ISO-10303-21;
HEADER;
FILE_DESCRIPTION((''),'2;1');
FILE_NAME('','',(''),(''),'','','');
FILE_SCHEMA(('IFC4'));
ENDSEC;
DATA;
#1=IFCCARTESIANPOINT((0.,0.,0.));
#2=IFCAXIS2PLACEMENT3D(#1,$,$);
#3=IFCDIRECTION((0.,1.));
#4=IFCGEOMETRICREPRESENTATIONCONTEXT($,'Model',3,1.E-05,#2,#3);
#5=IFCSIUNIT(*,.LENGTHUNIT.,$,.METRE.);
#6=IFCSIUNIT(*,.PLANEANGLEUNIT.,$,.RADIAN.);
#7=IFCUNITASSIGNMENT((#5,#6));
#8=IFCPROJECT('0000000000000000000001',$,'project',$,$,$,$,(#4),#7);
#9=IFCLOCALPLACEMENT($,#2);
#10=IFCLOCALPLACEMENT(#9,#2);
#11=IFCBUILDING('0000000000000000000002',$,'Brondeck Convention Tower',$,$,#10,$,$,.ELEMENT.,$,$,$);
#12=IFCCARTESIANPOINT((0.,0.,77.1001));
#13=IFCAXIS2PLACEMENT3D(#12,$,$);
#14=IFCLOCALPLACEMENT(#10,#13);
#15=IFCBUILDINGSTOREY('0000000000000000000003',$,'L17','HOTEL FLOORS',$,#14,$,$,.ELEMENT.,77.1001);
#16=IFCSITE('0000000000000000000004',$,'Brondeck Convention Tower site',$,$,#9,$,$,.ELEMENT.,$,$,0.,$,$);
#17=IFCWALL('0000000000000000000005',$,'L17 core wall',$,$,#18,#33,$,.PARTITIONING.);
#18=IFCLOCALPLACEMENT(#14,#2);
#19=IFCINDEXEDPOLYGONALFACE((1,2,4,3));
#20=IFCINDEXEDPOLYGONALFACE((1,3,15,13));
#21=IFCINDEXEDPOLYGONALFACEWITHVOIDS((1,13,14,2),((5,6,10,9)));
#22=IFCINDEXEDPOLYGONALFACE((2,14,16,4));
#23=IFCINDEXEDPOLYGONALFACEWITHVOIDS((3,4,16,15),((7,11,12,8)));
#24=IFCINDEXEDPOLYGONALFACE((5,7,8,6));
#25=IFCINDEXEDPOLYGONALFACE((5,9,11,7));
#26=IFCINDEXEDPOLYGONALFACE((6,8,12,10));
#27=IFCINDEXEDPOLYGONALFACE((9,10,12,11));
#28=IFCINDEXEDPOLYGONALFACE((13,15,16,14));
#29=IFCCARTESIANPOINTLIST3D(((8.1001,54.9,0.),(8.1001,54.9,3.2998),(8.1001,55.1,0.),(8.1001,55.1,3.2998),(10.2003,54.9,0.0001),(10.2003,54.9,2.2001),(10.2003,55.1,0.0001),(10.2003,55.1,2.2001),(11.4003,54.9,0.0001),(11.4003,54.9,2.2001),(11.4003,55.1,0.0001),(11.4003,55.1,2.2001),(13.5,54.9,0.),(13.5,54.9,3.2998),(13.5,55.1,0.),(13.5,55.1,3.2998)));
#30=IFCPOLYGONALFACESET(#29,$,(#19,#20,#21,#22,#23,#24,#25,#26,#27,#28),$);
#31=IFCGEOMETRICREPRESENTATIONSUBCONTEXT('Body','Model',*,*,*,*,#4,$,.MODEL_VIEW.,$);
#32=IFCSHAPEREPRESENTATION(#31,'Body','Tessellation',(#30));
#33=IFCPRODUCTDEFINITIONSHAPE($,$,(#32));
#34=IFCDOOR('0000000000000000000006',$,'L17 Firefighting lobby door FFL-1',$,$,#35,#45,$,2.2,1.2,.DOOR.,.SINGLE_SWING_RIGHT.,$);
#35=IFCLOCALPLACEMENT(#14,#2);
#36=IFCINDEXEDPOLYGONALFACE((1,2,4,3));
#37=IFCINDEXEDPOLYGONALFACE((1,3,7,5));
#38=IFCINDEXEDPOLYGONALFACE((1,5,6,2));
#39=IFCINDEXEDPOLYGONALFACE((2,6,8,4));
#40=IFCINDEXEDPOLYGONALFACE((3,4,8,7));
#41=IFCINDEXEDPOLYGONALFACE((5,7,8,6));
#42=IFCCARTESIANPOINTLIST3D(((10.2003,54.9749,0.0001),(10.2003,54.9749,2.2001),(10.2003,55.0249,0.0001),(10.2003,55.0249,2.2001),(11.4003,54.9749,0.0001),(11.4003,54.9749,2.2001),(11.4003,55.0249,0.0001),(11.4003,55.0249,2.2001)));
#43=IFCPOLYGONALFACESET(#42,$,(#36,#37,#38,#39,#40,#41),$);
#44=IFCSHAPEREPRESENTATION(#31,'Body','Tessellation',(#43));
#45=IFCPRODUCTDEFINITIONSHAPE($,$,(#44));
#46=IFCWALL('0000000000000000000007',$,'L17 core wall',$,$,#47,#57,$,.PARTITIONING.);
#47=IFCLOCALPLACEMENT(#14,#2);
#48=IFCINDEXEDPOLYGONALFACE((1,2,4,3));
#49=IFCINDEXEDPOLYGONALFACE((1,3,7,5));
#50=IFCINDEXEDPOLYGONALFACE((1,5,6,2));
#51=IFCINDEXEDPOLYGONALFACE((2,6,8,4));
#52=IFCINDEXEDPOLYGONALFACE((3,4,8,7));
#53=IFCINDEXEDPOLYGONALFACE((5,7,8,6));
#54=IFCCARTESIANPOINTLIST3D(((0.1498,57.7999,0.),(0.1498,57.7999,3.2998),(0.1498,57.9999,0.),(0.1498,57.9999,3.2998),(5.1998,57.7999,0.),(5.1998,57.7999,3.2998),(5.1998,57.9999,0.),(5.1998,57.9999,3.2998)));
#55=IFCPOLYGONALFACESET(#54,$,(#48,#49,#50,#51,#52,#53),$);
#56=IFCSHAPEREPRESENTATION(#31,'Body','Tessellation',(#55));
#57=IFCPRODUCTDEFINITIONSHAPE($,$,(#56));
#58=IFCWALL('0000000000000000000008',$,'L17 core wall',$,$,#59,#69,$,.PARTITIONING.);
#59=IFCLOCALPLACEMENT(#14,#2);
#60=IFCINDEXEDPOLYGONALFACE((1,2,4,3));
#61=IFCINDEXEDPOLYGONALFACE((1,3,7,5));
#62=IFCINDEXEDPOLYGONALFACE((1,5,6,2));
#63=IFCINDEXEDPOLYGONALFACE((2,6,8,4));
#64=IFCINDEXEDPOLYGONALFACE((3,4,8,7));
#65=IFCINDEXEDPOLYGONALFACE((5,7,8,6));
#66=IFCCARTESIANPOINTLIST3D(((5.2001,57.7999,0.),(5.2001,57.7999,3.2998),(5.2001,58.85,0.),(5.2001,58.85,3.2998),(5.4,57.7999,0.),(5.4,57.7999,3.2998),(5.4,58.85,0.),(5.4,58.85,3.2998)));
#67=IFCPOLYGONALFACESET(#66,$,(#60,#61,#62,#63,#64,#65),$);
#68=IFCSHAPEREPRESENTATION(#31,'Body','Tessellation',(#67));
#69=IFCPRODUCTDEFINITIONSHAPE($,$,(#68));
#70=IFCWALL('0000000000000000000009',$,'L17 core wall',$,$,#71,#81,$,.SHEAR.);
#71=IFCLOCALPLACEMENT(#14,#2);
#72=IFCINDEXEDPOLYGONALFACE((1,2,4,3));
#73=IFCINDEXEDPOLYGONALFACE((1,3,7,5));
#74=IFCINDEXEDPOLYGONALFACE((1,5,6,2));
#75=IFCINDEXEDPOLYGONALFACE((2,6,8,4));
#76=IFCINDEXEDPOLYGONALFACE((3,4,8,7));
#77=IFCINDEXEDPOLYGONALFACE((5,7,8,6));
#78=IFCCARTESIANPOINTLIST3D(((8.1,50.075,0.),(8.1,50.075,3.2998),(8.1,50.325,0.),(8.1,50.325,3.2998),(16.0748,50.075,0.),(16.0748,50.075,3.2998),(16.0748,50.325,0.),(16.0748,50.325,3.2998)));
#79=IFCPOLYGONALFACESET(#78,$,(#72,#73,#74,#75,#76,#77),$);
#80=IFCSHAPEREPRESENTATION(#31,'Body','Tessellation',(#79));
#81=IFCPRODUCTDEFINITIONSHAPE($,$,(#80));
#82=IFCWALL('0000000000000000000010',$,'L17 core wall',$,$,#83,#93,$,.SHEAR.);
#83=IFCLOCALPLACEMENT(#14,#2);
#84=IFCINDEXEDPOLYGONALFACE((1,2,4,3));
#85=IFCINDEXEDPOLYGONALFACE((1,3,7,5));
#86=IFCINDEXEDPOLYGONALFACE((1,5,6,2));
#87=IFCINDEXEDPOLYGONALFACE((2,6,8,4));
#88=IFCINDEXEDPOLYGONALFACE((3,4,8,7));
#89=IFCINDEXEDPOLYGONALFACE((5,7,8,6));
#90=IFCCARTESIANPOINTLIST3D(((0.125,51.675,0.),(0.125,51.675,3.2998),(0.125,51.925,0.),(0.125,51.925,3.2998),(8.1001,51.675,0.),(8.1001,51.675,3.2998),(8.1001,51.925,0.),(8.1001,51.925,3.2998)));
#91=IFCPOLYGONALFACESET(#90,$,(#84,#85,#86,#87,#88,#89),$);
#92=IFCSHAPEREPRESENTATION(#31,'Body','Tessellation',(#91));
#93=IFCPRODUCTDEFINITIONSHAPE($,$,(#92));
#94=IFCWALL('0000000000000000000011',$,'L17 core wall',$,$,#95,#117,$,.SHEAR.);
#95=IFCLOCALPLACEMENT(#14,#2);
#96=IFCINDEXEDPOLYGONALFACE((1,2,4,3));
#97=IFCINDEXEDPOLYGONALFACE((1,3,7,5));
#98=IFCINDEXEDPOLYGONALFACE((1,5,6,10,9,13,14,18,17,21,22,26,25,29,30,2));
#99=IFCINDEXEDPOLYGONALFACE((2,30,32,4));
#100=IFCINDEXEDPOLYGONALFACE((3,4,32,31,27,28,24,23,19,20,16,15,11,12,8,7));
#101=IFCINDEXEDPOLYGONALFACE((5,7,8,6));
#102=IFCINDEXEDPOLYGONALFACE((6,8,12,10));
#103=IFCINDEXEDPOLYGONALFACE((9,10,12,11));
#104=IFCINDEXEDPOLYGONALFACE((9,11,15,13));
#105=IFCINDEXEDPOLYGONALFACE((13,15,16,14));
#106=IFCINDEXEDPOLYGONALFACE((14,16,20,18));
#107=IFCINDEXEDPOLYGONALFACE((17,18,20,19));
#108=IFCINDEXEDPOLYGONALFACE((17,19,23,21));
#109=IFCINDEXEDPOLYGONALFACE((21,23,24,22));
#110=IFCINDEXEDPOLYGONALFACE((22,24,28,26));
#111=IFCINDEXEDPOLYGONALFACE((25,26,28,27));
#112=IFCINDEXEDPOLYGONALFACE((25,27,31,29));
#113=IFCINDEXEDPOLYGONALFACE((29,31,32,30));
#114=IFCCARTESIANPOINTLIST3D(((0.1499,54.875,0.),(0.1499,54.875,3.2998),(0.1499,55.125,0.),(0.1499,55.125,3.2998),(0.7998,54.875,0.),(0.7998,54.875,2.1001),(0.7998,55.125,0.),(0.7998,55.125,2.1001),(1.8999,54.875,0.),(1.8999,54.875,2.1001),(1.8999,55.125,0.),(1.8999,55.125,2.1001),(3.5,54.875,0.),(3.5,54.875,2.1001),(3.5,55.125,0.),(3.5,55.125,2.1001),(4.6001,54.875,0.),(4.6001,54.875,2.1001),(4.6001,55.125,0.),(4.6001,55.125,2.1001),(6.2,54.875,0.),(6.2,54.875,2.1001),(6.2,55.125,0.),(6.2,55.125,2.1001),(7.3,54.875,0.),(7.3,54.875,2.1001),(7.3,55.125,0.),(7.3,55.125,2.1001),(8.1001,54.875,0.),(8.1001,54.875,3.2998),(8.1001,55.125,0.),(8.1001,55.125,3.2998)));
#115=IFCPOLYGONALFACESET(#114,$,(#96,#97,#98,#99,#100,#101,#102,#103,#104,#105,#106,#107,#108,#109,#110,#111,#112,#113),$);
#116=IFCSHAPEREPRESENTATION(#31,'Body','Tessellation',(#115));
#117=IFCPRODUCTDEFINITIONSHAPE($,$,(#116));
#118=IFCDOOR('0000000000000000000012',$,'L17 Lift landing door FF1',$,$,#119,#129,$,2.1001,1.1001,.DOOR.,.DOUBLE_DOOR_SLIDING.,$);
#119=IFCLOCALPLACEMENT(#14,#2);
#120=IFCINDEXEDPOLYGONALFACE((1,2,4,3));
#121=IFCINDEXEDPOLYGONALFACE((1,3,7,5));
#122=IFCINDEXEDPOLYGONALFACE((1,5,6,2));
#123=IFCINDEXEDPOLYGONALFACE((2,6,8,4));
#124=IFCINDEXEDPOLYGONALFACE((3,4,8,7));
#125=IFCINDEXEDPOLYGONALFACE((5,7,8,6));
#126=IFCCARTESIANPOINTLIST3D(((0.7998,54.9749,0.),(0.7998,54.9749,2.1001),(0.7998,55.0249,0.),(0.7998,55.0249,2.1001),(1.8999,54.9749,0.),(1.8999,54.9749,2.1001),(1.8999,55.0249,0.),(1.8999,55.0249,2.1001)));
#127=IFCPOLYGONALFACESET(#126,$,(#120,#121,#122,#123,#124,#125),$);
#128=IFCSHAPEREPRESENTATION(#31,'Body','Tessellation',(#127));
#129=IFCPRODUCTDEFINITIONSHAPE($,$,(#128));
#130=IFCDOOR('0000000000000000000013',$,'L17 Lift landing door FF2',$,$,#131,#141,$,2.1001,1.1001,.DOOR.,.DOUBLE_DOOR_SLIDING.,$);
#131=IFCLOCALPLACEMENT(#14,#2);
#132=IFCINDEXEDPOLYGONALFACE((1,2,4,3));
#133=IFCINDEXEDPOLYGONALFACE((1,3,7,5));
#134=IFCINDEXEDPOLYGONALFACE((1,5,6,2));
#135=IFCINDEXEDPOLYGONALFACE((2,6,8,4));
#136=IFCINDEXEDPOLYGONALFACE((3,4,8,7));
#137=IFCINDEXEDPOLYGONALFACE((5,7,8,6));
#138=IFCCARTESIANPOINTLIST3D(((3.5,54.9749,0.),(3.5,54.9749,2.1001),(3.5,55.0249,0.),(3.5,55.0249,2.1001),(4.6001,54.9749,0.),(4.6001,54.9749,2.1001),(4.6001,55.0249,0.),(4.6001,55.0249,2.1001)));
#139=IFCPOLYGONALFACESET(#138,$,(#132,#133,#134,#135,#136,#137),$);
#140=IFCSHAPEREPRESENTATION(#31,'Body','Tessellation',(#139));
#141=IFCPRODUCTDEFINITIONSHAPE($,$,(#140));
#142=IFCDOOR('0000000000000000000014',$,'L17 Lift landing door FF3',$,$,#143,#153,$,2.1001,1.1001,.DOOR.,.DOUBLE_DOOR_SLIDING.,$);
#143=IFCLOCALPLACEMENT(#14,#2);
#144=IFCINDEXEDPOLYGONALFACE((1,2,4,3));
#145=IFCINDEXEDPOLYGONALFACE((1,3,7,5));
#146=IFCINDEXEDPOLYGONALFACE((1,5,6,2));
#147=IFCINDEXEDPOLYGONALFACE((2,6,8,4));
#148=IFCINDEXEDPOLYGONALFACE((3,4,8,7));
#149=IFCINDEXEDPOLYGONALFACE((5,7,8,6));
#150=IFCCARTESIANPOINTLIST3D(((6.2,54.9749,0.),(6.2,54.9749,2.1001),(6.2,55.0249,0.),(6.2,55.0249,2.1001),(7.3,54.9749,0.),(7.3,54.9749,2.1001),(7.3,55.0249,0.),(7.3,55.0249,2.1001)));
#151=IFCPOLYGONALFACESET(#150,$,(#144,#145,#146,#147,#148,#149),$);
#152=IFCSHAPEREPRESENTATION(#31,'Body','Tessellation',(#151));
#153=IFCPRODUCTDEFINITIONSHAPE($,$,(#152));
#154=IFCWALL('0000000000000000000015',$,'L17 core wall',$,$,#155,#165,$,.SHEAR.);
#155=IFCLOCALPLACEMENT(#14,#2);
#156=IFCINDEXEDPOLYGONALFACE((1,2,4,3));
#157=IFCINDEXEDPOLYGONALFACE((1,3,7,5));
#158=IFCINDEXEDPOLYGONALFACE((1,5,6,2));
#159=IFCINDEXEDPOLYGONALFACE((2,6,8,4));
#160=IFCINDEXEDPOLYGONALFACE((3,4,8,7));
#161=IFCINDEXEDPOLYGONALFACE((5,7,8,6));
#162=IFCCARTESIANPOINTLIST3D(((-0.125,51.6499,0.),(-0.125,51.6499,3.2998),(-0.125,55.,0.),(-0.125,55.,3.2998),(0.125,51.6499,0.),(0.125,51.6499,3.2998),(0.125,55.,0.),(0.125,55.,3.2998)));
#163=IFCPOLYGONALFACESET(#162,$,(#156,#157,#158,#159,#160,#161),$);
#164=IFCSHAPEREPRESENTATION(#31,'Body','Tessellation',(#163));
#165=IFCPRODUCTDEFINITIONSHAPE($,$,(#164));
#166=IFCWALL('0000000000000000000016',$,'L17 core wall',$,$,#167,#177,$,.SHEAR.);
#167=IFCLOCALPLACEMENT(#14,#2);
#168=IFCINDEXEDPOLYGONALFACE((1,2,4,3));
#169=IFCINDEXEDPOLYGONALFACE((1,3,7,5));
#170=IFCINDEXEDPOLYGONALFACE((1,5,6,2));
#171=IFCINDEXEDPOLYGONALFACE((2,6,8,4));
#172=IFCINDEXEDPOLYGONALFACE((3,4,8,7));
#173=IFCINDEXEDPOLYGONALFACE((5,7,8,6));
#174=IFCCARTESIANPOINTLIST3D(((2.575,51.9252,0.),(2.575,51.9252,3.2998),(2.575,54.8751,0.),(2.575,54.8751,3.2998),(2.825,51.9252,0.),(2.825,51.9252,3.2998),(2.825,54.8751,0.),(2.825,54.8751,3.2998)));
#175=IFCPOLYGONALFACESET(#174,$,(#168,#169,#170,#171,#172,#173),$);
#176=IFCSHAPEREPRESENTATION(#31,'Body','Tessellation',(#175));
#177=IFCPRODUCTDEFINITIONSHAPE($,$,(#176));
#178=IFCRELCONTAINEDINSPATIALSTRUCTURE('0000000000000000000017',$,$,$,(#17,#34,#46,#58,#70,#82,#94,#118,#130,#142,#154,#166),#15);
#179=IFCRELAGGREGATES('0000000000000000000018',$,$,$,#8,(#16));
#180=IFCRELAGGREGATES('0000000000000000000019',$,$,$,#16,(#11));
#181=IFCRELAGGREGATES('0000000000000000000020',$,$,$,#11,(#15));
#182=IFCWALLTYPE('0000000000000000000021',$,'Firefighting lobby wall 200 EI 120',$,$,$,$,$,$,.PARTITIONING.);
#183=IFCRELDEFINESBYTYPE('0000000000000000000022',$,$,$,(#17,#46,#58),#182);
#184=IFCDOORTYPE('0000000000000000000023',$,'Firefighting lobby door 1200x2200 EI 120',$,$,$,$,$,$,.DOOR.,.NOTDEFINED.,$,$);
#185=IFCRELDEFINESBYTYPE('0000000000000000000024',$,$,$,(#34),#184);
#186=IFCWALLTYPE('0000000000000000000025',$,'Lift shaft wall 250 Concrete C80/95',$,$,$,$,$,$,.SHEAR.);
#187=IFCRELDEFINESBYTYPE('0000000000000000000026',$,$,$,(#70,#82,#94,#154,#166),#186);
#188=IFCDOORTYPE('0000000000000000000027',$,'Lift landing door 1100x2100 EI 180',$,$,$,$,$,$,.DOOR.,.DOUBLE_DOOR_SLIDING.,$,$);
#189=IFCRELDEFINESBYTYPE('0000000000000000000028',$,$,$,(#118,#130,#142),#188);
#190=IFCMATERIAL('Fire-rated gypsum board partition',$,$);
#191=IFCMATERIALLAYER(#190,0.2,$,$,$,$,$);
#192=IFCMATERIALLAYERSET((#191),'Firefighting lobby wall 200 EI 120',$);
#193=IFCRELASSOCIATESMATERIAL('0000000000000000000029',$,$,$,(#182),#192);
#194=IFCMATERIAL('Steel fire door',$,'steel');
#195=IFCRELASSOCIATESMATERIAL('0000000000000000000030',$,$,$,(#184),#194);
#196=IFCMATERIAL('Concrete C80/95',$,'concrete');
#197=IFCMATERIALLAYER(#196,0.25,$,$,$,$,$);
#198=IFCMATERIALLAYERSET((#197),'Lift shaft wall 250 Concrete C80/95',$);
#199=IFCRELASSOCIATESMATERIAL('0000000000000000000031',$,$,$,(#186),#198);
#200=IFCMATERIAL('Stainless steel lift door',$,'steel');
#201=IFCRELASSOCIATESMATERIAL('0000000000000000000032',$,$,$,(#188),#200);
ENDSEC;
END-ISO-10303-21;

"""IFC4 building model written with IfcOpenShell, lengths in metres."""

from ifc_helpers import new_model, si_unit, direction, frame, frame_2d, origin, place, context, subcontext, project, spatial, rectangle, extrude, material, layer, layer_set, type_object, element, fill, save


model = new_model("IFC4")

# Units and contexts
model_context = context("Model", 3, precision=1e-05, world=origin(), true_north=direction((0.0, 1.0)))
body_context = subcontext(model_context, "Body", "Model", "MODEL_VIEW")
ifc_project = project(units=[si_unit("LENGTHUNIT", "METRE"), si_unit("PLANEANGLEUNIT", "RADIAN")], contexts=[model_context])

# Site, building, storey
site_placement = place(None, origin())
site = spatial("IfcSite", under=ifc_project, at=site_placement, Name="Brondeck Convention Tower site", CompositionType="ELEMENT", RefElevation=0.0)
building_placement = place(site_placement, origin())
building = spatial("IfcBuilding", under=site, at=building_placement, Name="Brondeck Convention Tower", CompositionType="ELEMENT")
storey_placement = place(building_placement, frame((0.0, 0.0, 77.1001)))
storey = spatial("IfcBuildingStorey", under=building, at=storey_placement, Name="L17", Description="HOTEL FLOORS", CompositionType="ELEMENT", Elevation=77.1001)

# Shared definitions
ifc_material_1 = material(Name="Concrete C80/95", Category="concrete")

# Shared definitions
ifc_material_2 = material(Name="Fire-rated gypsum board partition")

# Wall, opening, door
ifc_layer_1 = layer(ifc_material_2, 0.2)
ifc_layer_set_1 = layer_set([ifc_layer_1], Name="Firefighting lobby wall 200 EI 120")
wall_type_1 = type_object("IfcWallType", Name="Firefighting lobby wall 200 EI 120", PredefinedType="PARTITIONING", material=ifc_layer_set_1)
wall_1_placement = place(storey_placement, frame((8.1001, 55.0, 0.0), z_axis=(0.0, 0.0, 1.0), x_axis=(1.0, 0.0, 0.0)))
wall_1 = element("IfcWall", 1, at=wall_1_placement, inside=storey, type_object=wall_type_1, Name="L17 core wall", PredefinedType="PARTITIONING", context=body_context, shape_type="SweptSolid", body=[
    extrude(rectangle(XDim=5.3999, YDim=0.2, at=frame_2d((2.7, 0.0))), origin(), (0.0, 0.0, 1.0), 3.2998),
])
opening_1_placement = place(wall_1_placement, frame((2.1001, 0.0, 0.0)))
opening_1 = element("IfcOpeningElement", 2, at=opening_1_placement, cuts=wall_1, PredefinedType="OPENING", context=body_context, shape_type="SweptSolid", body=[
    extrude(rectangle(XDim=1.2, YDim=2.2, at=frame_2d((0.6001, 1.1001))), frame((0.0, 0.1099, 0.0), z_axis=(0.0, -1.0, 0.0), x_axis=(1.0, 0.0, 0.0)), (0.0, 0.0, 1.0), 0.22),
])
ifc_material_3 = material(Name="Steel fire door", Category="steel")
door_type_1 = type_object("IfcDoorType", Name="Firefighting lobby door 1200x2200 EI 120", OperationType="NOTDEFINED", PredefinedType="DOOR", material=ifc_material_3)
door_1_placement = place(opening_1_placement, origin())
door_1 = element("IfcDoor", 3, at=door_1_placement, inside=storey, type_object=door_type_1, Name="L17 Firefighting lobby door FFL-1", OperationType="SINGLE_SWING_RIGHT", OverallHeight=2.2, OverallWidth=1.2, PredefinedType="DOOR", context=body_context, shape_type="SweptSolid", body=[
    extrude(rectangle(XDim=1.2, YDim=2.2, at=frame_2d((0.6001, 1.1001))), frame((0.0, 0.0249, 0.0), z_axis=(0.0, -1.0, 0.0), x_axis=(1.0, 0.0, 0.0)), (0.0, 0.0, 1.0), 0.05),
])
fill(opening_1, door_1)

# Walls
wall_2_placement = place(storey_placement, frame((0.1499, 57.8999, 0.0), z_axis=(0.0, 0.0, 1.0), x_axis=(1.0, 0.0, 0.0)))
element("IfcWall", 4, at=wall_2_placement, inside=storey, type_object=wall_type_1, Name="L17 core wall", PredefinedType="PARTITIONING", context=body_context, shape_type="SweptSolid", body=[
    extrude(rectangle(XDim=5.05, YDim=0.2, at=frame_2d((2.5249, 0.0))), origin(), (0.0, 0.0, 1.0), 3.2998),
])
wall_3_placement = place(storey_placement, frame((5.3, 57.8, 0.0), z_axis=(0.0, 0.0, 1.0), x_axis=(0.0, 1.0, 0.0)))
element("IfcWall", 5, at=wall_3_placement, inside=storey, type_object=wall_type_1, Name="L17 core wall", PredefinedType="PARTITIONING", context=body_context, shape_type="SweptSolid", body=[
    extrude(rectangle(XDim=1.05, YDim=0.2, at=frame_2d((0.5249, 0.0))), origin(), (0.0, 0.0, 1.0), 3.2998),
])
ifc_layer_2 = layer(ifc_material_1, 0.25)
ifc_layer_set_2 = layer_set([ifc_layer_2], Name="Lift shaft wall 250 Concrete C80/95")
wall_type_2 = type_object("IfcWallType", Name="Lift shaft wall 250 Concrete C80/95", PredefinedType="SHEAR", material=ifc_layer_set_2)
wall_4_placement = place(storey_placement, frame((8.1001, 50.2, 0.0), z_axis=(0.0, 0.0, 1.0), x_axis=(1.0, 0.0, 0.0)))
element("IfcWall", 6, at=wall_4_placement, inside=storey, type_object=wall_type_2, Name="L17 core wall", PredefinedType="SHEAR", context=body_context, shape_type="SweptSolid", body=[
    extrude(rectangle(XDim=7.9749, YDim=0.25, at=frame_2d((3.9873, 0.0))), origin(), (0.0, 0.0, 1.0), 3.2998),
])
wall_5_placement = place(storey_placement, frame((0.125, 51.8, 0.0), z_axis=(0.0, 0.0, 1.0), x_axis=(1.0, 0.0, 0.0)))
element("IfcWall", 7, at=wall_5_placement, inside=storey, type_object=wall_type_2, Name="L17 core wall", PredefinedType="SHEAR", context=body_context, shape_type="SweptSolid", body=[
    extrude(rectangle(XDim=7.9751, YDim=0.25, at=frame_2d((3.9875, 0.0))), origin(), (0.0, 0.0, 1.0), 3.2998),
])

# Wall, openings, doors
wall_6_placement = place(storey_placement, frame((0.1499, 55.0, 0.0), z_axis=(0.0, 0.0, 1.0), x_axis=(1.0, 0.0, 0.0)))
wall_6 = element("IfcWall", 8, at=wall_6_placement, inside=storey, type_object=wall_type_2, Name="L17 core wall", PredefinedType="SHEAR", context=body_context, shape_type="SweptSolid", body=[
    extrude(rectangle(XDim=7.9502, YDim=0.25, at=frame_2d((3.9751, 0.0))), origin(), (0.0, 0.0, 1.0), 3.2998),
])
opening_2_placement = place(wall_6_placement, frame((0.6499, 0.0, 0.0)))
opening_2 = element("IfcOpeningElement", 9, at=opening_2_placement, cuts=wall_6, PredefinedType="OPENING", context=body_context, shape_type="SweptSolid", body=[
    extrude(rectangle(XDim=1.1001, YDim=2.1001, at=frame_2d((0.55, 1.05))), frame((0.0, 0.135, 0.0), z_axis=(0.0, -1.0, 0.0), x_axis=(1.0, 0.0, 0.0)), (0.0, 0.0, 1.0), 0.27),
])
opening_3_placement = place(wall_6_placement, frame((3.3501, 0.0, 0.0)))
opening_3 = element("IfcOpeningElement", 10, at=opening_3_placement, cuts=wall_6, PredefinedType="OPENING", context=body_context, shape_type="SweptSolid", body=[
    extrude(rectangle(XDim=1.1001, YDim=2.1001, at=frame_2d((0.55, 1.05))), frame((0.0, 0.135, 0.0), z_axis=(0.0, -1.0, 0.0), x_axis=(1.0, 0.0, 0.0)), (0.0, 0.0, 1.0), 0.27),
])
opening_4_placement = place(wall_6_placement, frame((6.05, 0.0, 0.0)))
opening_4 = element("IfcOpeningElement", 11, at=opening_4_placement, cuts=wall_6, PredefinedType="OPENING", context=body_context, shape_type="SweptSolid", body=[
    extrude(rectangle(XDim=1.1001, YDim=2.1001, at=frame_2d((0.55, 1.05))), frame((0.0, 0.135, 0.0), z_axis=(0.0, -1.0, 0.0), x_axis=(1.0, 0.0, 0.0)), (0.0, 0.0, 1.0), 0.27),
])
ifc_material_4 = material(Name="Stainless steel lift door", Category="steel")
door_type_2 = type_object("IfcDoorType", Name="Lift landing door 1100x2100 EI 180", OperationType="DOUBLE_DOOR_SLIDING", PredefinedType="DOOR", material=ifc_material_4)
door_2_placement = place(opening_2_placement, origin())
door_2 = element("IfcDoor", 12, at=door_2_placement, inside=storey, type_object=door_type_2, Name="L17 Lift landing door FF1", OperationType="DOUBLE_DOOR_SLIDING", OverallHeight=2.1001, OverallWidth=1.1001, PredefinedType="DOOR", context=body_context, shape_type="SweptSolid", body=[
    extrude(rectangle(XDim=1.1001, YDim=2.1001, at=frame_2d((0.55, 1.05))), frame((0.0, 0.0249, 0.0), z_axis=(0.0, -1.0, 0.0), x_axis=(1.0, 0.0, 0.0)), (0.0, 0.0, 1.0), 0.05),
])
fill(opening_2, door_2)
door_3_placement = place(opening_3_placement, origin())
door_3 = element("IfcDoor", 13, at=door_3_placement, inside=storey, type_object=door_type_2, Name="L17 Lift landing door FF2", OperationType="DOUBLE_DOOR_SLIDING", OverallHeight=2.1001, OverallWidth=1.1001, PredefinedType="DOOR", context=body_context, shape_type="SweptSolid", body=[
    extrude(rectangle(XDim=1.1001, YDim=2.1001, at=frame_2d((0.55, 1.05))), frame((0.0, 0.0249, 0.0), z_axis=(0.0, -1.0, 0.0), x_axis=(1.0, 0.0, 0.0)), (0.0, 0.0, 1.0), 0.05),
])
fill(opening_3, door_3)
door_4_placement = place(opening_4_placement, origin())
door_4 = element("IfcDoor", 14, at=door_4_placement, inside=storey, type_object=door_type_2, Name="L17 Lift landing door FF3", OperationType="DOUBLE_DOOR_SLIDING", OverallHeight=2.1001, OverallWidth=1.1001, PredefinedType="DOOR", context=body_context, shape_type="SweptSolid", body=[
    extrude(rectangle(XDim=1.1001, YDim=2.1001, at=frame_2d((0.55, 1.05))), frame((0.0, 0.0249, 0.0), z_axis=(0.0, -1.0, 0.0), x_axis=(1.0, 0.0, 0.0)), (0.0, 0.0, 1.0), 0.05),
])
fill(opening_4, door_4)

# Walls
wall_7_placement = place(storey_placement, frame((0.0, 51.6499, 0.0), z_axis=(0.0, 0.0, 1.0), x_axis=(0.0, 1.0, 0.0)))
element("IfcWall", 15, at=wall_7_placement, inside=storey, type_object=wall_type_2, Name="L17 core wall", PredefinedType="SHEAR", context=body_context, shape_type="SweptSolid", body=[
    extrude(rectangle(XDim=3.3501, YDim=0.25, at=frame_2d((1.675, 0.0))), origin(), (0.0, 0.0, 1.0), 3.2998),
])
for number, where, z_axis, x_axis, name in (
    (16, (2.7, 51.925, 0.0), (0.0, 0.0, 1.0), (0.0, 1.0, 0.0), "L17 core wall"),
):
    element("IfcWall", number, at=place(storey_placement, frame(where, z_axis=z_axis, x_axis=x_axis)), inside=storey, type_object=wall_type_2, Name=name, PredefinedType="SHEAR", context=body_context, shape_type="SweptSolid", body=[
        extrude(rectangle(XDim=2.95, YDim=0.25, at=frame_2d((1.4751, 0.0))), origin(), (0.0, 0.0, 1.0), 3.2998),
    ])

save(model, "model.ifc")
